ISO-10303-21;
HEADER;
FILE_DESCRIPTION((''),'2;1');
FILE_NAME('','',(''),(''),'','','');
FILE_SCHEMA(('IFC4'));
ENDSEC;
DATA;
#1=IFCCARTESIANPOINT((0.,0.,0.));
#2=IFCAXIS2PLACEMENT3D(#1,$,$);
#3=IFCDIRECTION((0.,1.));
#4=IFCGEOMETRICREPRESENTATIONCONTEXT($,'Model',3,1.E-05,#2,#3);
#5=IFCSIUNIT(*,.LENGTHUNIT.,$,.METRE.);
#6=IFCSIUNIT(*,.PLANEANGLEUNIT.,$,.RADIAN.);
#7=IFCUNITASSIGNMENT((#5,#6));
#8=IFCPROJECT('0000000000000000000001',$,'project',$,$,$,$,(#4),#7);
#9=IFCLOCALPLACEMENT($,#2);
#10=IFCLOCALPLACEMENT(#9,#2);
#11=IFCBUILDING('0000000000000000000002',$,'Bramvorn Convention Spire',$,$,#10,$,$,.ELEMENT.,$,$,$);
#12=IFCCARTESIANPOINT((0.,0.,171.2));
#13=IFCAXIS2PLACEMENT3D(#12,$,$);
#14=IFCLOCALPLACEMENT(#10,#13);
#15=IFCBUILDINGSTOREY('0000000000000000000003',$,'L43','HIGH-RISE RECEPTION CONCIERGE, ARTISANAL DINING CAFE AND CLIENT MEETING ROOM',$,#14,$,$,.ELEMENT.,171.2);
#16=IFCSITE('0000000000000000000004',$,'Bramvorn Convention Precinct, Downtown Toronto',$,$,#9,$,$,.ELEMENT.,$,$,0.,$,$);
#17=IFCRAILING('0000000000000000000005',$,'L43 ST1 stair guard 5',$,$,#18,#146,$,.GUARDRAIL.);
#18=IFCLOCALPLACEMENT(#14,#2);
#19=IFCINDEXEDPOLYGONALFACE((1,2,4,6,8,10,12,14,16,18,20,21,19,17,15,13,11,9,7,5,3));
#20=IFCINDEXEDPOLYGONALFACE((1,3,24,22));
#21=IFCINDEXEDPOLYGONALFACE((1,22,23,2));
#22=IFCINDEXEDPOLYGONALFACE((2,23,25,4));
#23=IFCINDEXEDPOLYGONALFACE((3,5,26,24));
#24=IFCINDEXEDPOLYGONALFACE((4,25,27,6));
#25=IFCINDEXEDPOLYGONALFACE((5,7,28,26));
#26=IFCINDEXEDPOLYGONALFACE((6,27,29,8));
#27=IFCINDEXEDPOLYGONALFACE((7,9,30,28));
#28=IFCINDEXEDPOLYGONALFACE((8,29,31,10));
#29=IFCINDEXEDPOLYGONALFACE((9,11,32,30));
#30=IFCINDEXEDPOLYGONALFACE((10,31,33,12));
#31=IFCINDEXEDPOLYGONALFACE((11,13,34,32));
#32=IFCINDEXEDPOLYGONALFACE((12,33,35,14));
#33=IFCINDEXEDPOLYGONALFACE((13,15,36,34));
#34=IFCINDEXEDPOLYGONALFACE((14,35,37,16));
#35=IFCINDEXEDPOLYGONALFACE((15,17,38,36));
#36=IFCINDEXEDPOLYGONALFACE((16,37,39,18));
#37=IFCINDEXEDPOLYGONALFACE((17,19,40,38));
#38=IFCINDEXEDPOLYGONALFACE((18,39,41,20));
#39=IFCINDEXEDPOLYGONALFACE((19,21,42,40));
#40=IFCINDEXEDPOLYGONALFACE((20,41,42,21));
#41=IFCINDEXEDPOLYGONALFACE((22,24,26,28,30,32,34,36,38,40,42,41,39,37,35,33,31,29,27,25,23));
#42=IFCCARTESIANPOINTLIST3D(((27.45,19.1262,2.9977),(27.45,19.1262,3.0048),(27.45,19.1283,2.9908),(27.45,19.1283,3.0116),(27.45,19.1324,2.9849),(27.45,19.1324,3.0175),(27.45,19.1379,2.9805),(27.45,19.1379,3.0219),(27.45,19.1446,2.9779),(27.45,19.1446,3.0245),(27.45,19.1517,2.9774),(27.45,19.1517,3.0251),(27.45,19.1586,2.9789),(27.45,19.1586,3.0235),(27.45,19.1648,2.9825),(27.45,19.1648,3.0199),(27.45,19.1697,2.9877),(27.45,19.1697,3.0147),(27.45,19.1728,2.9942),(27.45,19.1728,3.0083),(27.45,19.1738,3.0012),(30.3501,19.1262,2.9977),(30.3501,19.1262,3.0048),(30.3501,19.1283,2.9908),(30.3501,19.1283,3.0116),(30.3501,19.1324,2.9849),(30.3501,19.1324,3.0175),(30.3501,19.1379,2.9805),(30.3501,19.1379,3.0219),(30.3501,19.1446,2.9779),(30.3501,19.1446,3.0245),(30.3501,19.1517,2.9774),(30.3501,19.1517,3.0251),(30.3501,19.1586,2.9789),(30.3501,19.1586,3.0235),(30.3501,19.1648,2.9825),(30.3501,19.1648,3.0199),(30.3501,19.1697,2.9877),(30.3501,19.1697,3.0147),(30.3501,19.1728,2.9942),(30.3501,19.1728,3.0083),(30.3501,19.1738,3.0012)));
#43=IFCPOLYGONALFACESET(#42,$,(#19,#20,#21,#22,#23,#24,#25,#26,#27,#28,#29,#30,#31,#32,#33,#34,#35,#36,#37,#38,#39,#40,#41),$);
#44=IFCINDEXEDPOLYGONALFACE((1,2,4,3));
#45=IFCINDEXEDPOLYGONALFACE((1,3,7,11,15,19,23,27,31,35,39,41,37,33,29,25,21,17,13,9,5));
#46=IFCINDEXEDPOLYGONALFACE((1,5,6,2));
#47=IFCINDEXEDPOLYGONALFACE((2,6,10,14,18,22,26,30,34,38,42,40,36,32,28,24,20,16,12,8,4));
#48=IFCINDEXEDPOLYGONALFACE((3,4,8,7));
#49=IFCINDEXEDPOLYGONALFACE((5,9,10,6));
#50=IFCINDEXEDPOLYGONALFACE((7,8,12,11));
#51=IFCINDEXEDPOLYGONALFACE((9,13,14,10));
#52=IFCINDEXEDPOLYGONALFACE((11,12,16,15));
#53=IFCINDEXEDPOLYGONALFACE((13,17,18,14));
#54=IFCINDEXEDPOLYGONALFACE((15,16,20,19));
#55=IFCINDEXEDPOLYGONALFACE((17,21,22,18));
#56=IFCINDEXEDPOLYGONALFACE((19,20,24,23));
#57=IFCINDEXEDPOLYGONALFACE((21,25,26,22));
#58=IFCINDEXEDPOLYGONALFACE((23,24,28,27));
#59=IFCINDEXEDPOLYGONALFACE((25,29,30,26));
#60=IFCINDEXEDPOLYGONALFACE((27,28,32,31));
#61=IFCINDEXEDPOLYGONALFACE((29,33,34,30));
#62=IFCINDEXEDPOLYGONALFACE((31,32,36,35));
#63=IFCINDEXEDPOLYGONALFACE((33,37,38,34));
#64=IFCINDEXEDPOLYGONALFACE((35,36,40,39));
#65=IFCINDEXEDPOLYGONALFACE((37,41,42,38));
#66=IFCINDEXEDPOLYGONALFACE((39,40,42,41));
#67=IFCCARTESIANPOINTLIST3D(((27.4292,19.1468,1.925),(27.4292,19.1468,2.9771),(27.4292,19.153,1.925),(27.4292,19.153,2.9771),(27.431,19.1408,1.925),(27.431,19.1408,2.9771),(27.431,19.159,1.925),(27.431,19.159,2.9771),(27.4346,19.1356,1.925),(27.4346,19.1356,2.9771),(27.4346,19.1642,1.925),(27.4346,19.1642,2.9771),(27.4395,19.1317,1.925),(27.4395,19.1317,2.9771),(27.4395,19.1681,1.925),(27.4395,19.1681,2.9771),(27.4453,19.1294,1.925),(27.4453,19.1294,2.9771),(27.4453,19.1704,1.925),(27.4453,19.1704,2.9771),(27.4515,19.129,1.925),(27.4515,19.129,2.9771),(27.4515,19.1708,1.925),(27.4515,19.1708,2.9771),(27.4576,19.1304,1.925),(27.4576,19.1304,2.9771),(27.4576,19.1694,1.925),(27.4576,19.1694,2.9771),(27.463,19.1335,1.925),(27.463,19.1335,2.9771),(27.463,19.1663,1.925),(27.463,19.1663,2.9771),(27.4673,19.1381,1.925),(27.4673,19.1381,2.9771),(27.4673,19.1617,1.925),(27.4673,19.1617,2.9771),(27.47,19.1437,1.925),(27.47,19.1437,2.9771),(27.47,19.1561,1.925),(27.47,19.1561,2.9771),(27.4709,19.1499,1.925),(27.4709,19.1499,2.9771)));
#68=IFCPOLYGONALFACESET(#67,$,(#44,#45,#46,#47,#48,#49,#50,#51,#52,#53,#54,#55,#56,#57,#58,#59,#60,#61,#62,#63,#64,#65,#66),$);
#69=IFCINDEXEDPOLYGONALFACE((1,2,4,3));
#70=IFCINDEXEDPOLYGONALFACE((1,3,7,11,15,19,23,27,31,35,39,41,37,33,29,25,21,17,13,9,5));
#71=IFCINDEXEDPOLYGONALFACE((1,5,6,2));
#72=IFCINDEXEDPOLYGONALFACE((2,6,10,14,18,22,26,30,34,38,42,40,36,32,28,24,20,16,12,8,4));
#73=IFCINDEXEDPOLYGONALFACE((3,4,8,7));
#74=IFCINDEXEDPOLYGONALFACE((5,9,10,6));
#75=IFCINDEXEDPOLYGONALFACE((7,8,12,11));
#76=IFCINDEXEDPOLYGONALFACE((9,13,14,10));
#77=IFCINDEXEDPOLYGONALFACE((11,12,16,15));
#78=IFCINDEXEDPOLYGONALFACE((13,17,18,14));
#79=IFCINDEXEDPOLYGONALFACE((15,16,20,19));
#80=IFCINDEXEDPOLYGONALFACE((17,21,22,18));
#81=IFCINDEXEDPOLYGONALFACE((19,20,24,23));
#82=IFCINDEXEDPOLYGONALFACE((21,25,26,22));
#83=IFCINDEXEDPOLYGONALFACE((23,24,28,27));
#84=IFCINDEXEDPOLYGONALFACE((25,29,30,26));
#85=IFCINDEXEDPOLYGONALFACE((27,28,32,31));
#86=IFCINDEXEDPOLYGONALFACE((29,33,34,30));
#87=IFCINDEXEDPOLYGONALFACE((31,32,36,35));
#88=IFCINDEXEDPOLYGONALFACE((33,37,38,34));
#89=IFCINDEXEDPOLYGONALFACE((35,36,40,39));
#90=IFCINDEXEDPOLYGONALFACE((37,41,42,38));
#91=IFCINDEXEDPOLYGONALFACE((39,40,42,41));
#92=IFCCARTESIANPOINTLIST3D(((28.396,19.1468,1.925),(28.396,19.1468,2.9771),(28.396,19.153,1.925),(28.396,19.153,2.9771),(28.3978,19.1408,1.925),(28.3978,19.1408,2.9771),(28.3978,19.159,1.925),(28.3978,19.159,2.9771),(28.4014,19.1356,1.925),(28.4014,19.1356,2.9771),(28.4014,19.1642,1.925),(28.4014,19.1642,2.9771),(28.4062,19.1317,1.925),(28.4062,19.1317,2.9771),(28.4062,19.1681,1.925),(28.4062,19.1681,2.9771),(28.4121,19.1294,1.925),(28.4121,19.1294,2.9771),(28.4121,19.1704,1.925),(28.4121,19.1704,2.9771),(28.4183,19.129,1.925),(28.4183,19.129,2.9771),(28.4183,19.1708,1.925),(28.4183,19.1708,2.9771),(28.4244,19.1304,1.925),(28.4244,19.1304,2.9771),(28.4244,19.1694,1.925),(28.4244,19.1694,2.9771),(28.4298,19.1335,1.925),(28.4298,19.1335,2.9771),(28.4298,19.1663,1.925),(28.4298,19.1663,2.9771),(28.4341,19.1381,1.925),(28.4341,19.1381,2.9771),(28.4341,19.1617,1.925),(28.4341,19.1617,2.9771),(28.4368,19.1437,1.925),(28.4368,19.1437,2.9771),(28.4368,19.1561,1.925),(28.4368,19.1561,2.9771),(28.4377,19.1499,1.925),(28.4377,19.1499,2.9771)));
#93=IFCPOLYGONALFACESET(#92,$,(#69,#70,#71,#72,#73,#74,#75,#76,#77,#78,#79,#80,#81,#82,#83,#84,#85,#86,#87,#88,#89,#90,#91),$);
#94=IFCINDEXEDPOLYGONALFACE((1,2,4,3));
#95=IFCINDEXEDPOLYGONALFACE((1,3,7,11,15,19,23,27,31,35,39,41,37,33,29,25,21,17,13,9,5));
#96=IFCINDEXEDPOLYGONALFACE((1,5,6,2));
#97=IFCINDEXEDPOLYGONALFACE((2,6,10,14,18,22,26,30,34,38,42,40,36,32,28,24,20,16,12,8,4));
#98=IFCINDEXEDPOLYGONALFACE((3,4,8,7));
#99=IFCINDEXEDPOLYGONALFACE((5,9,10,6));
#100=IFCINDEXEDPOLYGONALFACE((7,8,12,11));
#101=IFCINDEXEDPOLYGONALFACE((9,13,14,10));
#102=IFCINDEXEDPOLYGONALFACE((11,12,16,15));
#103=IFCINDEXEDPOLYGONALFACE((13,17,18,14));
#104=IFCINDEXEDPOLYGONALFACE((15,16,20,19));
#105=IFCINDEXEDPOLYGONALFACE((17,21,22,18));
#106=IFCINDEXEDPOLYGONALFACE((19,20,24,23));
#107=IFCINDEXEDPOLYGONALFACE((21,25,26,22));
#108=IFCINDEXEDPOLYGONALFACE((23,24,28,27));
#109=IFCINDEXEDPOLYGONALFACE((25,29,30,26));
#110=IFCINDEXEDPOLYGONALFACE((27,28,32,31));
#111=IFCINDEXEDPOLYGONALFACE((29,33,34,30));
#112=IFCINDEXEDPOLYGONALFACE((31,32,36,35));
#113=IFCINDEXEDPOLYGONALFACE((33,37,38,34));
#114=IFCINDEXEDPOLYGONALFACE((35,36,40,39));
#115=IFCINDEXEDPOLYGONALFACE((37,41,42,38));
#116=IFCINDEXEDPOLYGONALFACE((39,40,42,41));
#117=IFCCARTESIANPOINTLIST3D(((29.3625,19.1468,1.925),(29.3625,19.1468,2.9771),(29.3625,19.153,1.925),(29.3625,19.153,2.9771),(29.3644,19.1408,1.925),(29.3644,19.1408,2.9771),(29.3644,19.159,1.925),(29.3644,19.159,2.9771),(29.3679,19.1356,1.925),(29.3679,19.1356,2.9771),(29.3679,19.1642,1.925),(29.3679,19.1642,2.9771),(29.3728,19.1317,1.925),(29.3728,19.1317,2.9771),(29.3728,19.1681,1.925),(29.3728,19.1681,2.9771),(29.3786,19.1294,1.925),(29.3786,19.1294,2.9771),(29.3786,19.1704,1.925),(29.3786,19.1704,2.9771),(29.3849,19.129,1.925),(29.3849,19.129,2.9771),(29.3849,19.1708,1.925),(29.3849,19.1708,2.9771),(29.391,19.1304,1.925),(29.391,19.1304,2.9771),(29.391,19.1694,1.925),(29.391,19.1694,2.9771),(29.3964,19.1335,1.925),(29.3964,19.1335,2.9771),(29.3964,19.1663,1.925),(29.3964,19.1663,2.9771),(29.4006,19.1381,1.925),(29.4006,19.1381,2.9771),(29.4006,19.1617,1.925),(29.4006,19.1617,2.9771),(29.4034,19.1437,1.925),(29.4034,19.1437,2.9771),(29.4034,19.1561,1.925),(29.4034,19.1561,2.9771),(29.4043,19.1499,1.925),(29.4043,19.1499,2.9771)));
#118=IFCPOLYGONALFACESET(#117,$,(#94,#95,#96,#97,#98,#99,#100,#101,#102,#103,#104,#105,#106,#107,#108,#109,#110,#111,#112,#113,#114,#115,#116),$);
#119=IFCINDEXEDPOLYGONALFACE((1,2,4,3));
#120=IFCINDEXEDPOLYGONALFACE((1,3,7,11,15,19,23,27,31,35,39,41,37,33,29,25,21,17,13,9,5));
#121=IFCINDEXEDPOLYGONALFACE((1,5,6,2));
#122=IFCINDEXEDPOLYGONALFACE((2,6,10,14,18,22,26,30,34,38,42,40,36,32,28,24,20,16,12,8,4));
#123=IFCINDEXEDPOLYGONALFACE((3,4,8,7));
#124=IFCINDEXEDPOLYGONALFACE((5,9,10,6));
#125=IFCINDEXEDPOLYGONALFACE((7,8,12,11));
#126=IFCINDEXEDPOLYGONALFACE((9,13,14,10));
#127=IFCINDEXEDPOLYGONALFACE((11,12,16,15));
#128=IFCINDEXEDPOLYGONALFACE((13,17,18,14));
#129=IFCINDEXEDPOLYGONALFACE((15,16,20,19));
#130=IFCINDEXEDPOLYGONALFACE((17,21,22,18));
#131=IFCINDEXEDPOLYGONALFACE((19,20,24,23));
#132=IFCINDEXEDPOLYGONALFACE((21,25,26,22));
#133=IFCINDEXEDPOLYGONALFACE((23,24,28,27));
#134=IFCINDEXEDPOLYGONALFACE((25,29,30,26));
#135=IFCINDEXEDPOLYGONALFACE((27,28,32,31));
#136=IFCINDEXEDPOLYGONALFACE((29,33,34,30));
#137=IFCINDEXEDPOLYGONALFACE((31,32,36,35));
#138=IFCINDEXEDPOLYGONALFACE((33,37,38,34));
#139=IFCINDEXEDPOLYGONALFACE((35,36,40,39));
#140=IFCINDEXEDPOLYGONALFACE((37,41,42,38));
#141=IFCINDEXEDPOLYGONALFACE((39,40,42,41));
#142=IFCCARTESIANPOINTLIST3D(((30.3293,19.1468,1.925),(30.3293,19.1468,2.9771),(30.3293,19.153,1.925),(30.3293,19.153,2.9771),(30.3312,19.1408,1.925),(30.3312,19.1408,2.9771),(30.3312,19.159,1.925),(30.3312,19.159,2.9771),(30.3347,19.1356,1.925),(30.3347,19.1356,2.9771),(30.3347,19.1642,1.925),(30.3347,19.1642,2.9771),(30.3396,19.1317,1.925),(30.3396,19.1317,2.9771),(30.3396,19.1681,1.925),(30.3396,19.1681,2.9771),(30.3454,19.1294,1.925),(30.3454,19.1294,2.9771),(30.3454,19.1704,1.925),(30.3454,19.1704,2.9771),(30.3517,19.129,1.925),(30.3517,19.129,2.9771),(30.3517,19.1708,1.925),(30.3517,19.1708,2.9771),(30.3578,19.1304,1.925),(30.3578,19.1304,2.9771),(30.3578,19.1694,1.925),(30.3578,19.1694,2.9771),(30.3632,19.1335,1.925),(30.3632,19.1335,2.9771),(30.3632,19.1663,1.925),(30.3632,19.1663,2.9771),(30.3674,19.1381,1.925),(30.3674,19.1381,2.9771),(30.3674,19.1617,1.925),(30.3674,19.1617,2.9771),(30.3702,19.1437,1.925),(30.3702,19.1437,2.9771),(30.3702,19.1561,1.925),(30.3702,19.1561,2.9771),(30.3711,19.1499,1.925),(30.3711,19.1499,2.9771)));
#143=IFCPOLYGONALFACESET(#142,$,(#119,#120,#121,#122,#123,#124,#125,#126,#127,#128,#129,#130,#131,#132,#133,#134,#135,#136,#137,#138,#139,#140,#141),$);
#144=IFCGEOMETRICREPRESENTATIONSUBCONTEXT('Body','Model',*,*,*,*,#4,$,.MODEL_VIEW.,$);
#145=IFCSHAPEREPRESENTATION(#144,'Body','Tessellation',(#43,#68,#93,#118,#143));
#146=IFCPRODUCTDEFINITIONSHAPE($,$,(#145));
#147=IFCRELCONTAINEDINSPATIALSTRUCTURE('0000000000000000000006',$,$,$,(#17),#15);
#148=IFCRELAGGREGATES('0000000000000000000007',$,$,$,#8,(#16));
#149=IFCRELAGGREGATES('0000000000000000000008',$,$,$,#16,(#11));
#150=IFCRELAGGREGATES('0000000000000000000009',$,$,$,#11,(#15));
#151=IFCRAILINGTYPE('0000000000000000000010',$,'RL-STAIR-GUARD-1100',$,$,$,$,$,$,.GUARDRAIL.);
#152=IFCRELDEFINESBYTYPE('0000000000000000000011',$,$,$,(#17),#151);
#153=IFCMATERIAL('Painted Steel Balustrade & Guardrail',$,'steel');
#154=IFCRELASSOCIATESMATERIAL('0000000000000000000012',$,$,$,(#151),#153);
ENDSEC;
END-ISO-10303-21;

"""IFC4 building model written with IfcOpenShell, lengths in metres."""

from ifc_helpers import new_model, si_unit, direction, frame, origin, origin_2d, place, context, subcontext, project, spatial, circle, extrude, material, type_object, element, save


model = new_model("IFC4")

# Units and contexts
model_context = context("Model", 3, precision=1e-05, world=origin(), true_north=direction((0.0, 1.0)))
body_context = subcontext(model_context, "Body", "Model", "MODEL_VIEW")
ifc_project = project(units=[si_unit("LENGTHUNIT", "METRE"), si_unit("PLANEANGLEUNIT", "RADIAN")], contexts=[model_context])

# Site, building, storey
site_placement = place(None, origin())
site = spatial("IfcSite", under=ifc_project, at=site_placement, Name="Bramvorn Convention Precinct, Downtown Toronto", CompositionType="ELEMENT", RefElevation=0.0)
building_placement = place(site_placement, origin())
building = spatial("IfcBuilding", under=site, at=building_placement, Name="Bramvorn Convention Spire", CompositionType="ELEMENT")
storey_placement = place(building_placement, frame((0.0, 0.0, 171.2)))
storey = spatial("IfcBuildingStorey", under=building, at=storey_placement, Name="L43", Description="HIGH-RISE RECEPTION CONCIERGE, ARTISANAL DINING CAFE AND CLIENT MEETING ROOM", CompositionType="ELEMENT", Elevation=171.2)

# Railing
ifc_material_1 = material(Name="Painted Steel Balustrade & Guardrail", Category="steel")
railing_type_1 = type_object("IfcRailingType", Name="RL-STAIR-GUARD-1100", PredefinedType="GUARDRAIL", material=ifc_material_1)
railing_1_placement = place(storey_placement, frame((27.45, 19.1499, 1.925)))
element("IfcRailing", 1, at=railing_1_placement, inside=storey, type_object=railing_type_1, Name="L43 ST1 stair guard 5", PredefinedType="GUARDRAIL", context=body_context, shape_type="SweptSolid", body=[
    extrude(circle(Radius=0.0239, at=origin_2d()), frame((0.0, 0.0, 1.0762), z_axis=(1.0, 0.0, 0.0), x_axis=(0.0, 1.0, 0.0)), (0.0, 0.0, 1.0), 2.9001),
    extrude(circle(Radius=0.021, at=origin_2d()), origin(), (0.0, 0.0, 1.0), 1.052),
    extrude(circle(Radius=0.021, at=origin_2d()), frame((0.9668, 0.0, 0.0)), (0.0, 0.0, 1.0), 1.052),
    extrude(circle(Radius=0.021, at=origin_2d()), frame((1.9333, 0.0, 0.0)), (0.0, 0.0, 1.0), 1.052),
    extrude(circle(Radius=0.021, at=origin_2d()), frame((2.9001, 0.0, 0.0)), (0.0, 0.0, 1.0), 1.052),
])

save(model, "model.ifc")
